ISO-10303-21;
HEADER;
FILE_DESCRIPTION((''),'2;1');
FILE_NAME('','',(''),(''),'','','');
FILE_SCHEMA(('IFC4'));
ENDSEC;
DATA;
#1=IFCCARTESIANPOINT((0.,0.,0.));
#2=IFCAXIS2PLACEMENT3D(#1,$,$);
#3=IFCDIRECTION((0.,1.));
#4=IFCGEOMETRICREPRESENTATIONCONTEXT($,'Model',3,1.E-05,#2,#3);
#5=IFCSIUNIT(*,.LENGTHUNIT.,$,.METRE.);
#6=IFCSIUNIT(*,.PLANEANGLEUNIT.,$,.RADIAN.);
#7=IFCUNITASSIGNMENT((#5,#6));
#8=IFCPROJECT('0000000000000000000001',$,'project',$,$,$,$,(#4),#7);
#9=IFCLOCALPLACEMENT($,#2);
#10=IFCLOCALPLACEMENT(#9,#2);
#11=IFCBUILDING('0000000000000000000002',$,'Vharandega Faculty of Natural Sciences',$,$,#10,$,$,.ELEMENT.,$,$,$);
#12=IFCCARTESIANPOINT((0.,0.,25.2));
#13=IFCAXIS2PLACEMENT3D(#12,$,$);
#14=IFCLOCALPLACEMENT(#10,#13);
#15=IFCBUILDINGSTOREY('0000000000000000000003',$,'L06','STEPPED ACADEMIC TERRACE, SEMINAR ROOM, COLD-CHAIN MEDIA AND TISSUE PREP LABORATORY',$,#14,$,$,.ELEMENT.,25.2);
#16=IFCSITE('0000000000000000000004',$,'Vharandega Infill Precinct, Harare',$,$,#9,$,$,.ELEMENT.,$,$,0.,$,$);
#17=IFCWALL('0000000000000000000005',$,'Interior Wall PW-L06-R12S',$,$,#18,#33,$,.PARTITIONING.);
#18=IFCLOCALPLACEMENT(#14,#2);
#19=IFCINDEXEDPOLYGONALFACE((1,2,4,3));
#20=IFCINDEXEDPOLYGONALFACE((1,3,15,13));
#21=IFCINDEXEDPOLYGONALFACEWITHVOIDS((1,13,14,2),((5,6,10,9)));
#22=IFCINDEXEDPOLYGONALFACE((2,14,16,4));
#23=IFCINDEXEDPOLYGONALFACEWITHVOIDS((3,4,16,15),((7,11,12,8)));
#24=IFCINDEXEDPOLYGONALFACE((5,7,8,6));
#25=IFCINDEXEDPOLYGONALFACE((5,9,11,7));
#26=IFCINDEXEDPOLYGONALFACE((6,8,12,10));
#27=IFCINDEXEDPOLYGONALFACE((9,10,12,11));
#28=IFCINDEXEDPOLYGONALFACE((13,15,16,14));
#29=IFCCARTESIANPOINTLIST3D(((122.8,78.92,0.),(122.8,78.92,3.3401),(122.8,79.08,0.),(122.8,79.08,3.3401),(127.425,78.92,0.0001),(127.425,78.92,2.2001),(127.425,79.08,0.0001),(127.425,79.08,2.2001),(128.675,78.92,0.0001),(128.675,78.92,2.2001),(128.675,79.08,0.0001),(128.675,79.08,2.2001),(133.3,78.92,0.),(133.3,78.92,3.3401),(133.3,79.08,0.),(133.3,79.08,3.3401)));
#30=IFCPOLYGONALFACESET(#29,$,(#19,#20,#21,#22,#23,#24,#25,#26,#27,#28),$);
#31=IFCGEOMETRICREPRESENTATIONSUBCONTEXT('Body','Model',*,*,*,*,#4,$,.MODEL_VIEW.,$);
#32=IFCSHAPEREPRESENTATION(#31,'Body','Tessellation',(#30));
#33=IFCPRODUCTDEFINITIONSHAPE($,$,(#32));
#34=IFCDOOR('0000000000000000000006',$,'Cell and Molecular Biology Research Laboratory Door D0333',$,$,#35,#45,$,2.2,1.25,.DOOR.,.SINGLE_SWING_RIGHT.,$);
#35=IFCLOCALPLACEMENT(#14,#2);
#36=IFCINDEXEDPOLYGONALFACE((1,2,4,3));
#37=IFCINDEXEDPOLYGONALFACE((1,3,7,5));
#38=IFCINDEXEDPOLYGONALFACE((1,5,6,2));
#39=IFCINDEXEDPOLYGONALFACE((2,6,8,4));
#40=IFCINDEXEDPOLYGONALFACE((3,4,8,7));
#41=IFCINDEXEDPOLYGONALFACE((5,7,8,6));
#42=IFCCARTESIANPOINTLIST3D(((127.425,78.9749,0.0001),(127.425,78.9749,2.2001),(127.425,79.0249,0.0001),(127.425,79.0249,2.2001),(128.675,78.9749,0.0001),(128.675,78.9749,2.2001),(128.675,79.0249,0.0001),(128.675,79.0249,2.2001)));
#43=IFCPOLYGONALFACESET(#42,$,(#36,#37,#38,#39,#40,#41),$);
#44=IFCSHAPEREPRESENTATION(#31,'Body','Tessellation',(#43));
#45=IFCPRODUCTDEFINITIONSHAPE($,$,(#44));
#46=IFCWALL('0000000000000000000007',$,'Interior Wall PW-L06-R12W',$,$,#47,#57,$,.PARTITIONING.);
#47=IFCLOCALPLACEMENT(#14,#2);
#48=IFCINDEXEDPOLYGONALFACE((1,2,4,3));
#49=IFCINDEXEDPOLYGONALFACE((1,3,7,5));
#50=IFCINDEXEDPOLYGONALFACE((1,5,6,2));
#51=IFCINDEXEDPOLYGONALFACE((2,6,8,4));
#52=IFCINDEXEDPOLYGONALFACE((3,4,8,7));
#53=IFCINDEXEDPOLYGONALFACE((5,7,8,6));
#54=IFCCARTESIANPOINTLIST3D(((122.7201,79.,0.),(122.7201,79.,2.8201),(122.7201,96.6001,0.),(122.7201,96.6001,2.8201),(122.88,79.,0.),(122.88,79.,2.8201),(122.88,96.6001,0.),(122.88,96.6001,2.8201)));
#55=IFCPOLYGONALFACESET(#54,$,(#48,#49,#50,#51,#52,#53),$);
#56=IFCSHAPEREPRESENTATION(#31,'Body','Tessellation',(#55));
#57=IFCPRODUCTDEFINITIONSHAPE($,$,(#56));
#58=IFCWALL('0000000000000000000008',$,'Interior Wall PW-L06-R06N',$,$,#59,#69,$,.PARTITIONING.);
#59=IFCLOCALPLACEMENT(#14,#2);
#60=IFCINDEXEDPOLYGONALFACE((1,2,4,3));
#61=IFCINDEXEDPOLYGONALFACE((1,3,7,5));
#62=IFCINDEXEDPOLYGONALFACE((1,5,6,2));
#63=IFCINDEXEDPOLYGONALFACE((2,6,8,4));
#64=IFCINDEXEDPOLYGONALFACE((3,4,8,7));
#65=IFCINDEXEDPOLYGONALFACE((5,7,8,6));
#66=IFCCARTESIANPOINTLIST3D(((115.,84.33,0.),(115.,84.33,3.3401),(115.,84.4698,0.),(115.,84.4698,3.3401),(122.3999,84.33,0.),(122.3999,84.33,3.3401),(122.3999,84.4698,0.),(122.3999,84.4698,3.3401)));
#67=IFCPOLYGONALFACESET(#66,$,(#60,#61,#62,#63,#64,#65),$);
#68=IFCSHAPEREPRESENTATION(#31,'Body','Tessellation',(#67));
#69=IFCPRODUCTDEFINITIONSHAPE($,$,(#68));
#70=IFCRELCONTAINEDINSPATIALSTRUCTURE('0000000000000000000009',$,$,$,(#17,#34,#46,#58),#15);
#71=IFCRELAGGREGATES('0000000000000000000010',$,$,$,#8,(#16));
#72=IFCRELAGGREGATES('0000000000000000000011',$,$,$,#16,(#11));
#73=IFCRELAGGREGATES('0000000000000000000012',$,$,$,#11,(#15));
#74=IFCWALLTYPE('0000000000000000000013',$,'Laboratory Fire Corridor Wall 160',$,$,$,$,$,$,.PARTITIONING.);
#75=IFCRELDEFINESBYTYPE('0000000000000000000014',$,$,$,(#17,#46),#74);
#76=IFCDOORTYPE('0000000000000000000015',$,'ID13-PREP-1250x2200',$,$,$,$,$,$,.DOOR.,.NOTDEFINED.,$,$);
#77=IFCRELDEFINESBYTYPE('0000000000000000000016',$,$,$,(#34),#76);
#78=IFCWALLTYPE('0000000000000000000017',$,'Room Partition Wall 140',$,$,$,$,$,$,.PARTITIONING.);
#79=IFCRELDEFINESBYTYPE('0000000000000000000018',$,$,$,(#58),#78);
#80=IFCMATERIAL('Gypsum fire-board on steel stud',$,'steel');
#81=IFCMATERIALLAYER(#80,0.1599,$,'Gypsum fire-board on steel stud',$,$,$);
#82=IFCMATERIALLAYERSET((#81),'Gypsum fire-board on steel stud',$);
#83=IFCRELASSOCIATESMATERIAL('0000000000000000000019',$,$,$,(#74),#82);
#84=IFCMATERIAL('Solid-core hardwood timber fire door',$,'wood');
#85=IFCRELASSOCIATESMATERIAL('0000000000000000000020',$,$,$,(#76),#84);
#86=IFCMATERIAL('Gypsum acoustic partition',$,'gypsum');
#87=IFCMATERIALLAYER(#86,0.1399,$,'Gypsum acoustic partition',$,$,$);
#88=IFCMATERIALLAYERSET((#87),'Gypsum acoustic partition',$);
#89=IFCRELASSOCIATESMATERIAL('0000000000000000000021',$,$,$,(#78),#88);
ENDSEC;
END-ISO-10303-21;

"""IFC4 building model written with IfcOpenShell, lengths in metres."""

from ifc_helpers import new_model, si_unit, direction, frame, frame_2d, origin, place, context, subcontext, project, spatial, rectangle, extrude, material, layer, layer_set, type_object, element, fill, save


model = new_model("IFC4")

# Units and contexts
model_context = context("Model", 3, precision=1e-05, world=origin(), true_north=direction((0.0, 1.0)))
body_context = subcontext(model_context, "Body", "Model", "MODEL_VIEW")
ifc_project = project(units=[si_unit("LENGTHUNIT", "METRE"), si_unit("PLANEANGLEUNIT", "RADIAN")], contexts=[model_context])

# Site, building, storey
site_placement = place(None, origin())
site = spatial("IfcSite", under=ifc_project, at=site_placement, Name="Vharandega Infill Precinct, Harare", CompositionType="ELEMENT", RefElevation=0.0)
building_placement = place(site_placement, origin())
building = spatial("IfcBuilding", under=site, at=building_placement, Name="Vharandega Faculty of Natural Sciences", CompositionType="ELEMENT")
storey_placement = place(building_placement, frame((0.0, 0.0, 25.2)))
storey = spatial("IfcBuildingStorey", under=building, at=storey_placement, Name="L06", Description="STEPPED ACADEMIC TERRACE, SEMINAR ROOM, COLD-CHAIN MEDIA AND TISSUE PREP LABORATORY", CompositionType="ELEMENT", Elevation=25.2)

# Wall, opening, door
ifc_material_1 = material(Name="Gypsum fire-board on steel stud", Category="steel")
ifc_layer_1 = layer(ifc_material_1, 0.1599, Name="Gypsum fire-board on steel stud")
ifc_layer_set_1 = layer_set([ifc_layer_1], Name="Gypsum fire-board on steel stud")
wall_type_1 = type_object("IfcWallType", Name="Laboratory Fire Corridor Wall 160", PredefinedType="PARTITIONING", material=ifc_layer_set_1)
wall_1_placement = place(storey_placement, frame((122.8, 79.0, 0.0), z_axis=(0.0, 0.0, 1.0), x_axis=(1.0, 0.0, 0.0)))
wall_1 = element("IfcWall", 1, at=wall_1_placement, inside=storey, type_object=wall_type_1, Name="Interior Wall PW-L06-R12S", PredefinedType="PARTITIONING", context=body_context, shape_type="SweptSolid", body=[
    extrude(rectangle(XDim=10.5, YDim=0.1599, at=frame_2d((5.25, 0.0))), origin(), (0.0, 0.0, 1.0), 3.3401),
])
opening_placement = place(wall_1_placement, frame((4.625, 0.0, 0.0)))
opening = element("IfcOpeningElement", 2, at=opening_placement, cuts=wall_1, PredefinedType="OPENING", context=body_context, shape_type="SweptSolid", body=[
    extrude(rectangle(XDim=1.25, YDim=2.2, at=frame_2d((0.625, 1.1001))), frame((0.0, 0.0898, 0.0), z_axis=(0.0, -1.0, 0.0), x_axis=(1.0, 0.0, 0.0)), (0.0, 0.0, 1.0), 0.1799),
])
ifc_material_2 = material(Name="Solid-core hardwood timber fire door", Category="wood")
door_type = type_object("IfcDoorType", Name="ID13-PREP-1250x2200", OperationType="NOTDEFINED", PredefinedType="DOOR", material=ifc_material_2)
door_placement = place(opening_placement, origin())
door = element("IfcDoor", 3, at=door_placement, inside=storey, type_object=door_type, Name="Cell and Molecular Biology Research Laboratory Door D0333", OperationType="SINGLE_SWING_RIGHT", OverallHeight=2.2, OverallWidth=1.25, PredefinedType="DOOR", context=body_context, shape_type="SweptSolid", body=[
    extrude(rectangle(XDim=1.25, YDim=2.2, at=frame_2d((0.625, 1.1001))), frame((0.0, 0.0249, 0.0), z_axis=(0.0, -1.0, 0.0), x_axis=(1.0, 0.0, 0.0)), (0.0, 0.0, 1.0), 0.05),
])
fill(opening, door)

# Walls
wall_2_placement = place(storey_placement, frame((122.8, 79.0, 0.0), z_axis=(0.0, 0.0, 1.0), x_axis=(0.0, 1.0, 0.0)))
element("IfcWall", 4, at=wall_2_placement, inside=storey, type_object=wall_type_1, Name="Interior Wall PW-L06-R12W", PredefinedType="PARTITIONING", context=body_context, shape_type="SweptSolid", body=[
    extrude(rectangle(XDim=17.6001, YDim=0.1599, at=frame_2d((8.8, 0.0))), origin(), (0.0, 0.0, 1.0), 2.8201),
])
ifc_material_3 = material(Name="Gypsum acoustic partition", Category="gypsum")
ifc_layer_2 = layer(ifc_material_3, 0.1399, Name="Gypsum acoustic partition")
ifc_layer_set_2 = layer_set([ifc_layer_2], Name="Gypsum acoustic partition")
wall_type_2 = type_object("IfcWallType", Name="Room Partition Wall 140", PredefinedType="PARTITIONING", material=ifc_layer_set_2)
wall_3_placement = place(storey_placement, frame((115.0, 84.3999, 0.0), z_axis=(0.0, 0.0, 1.0), x_axis=(1.0, 0.0, 0.0)))
element("IfcWall", 5, at=wall_3_placement, inside=storey, type_object=wall_type_2, Name="Interior Wall PW-L06-R06N", PredefinedType="PARTITIONING", context=body_context, shape_type="SweptSolid", body=[
    extrude(rectangle(XDim=7.3999, YDim=0.1399, at=frame_2d((3.7, 0.0))), origin(), (0.0, 0.0, 1.0), 3.3401),
])

save(model, "model.ifc")
